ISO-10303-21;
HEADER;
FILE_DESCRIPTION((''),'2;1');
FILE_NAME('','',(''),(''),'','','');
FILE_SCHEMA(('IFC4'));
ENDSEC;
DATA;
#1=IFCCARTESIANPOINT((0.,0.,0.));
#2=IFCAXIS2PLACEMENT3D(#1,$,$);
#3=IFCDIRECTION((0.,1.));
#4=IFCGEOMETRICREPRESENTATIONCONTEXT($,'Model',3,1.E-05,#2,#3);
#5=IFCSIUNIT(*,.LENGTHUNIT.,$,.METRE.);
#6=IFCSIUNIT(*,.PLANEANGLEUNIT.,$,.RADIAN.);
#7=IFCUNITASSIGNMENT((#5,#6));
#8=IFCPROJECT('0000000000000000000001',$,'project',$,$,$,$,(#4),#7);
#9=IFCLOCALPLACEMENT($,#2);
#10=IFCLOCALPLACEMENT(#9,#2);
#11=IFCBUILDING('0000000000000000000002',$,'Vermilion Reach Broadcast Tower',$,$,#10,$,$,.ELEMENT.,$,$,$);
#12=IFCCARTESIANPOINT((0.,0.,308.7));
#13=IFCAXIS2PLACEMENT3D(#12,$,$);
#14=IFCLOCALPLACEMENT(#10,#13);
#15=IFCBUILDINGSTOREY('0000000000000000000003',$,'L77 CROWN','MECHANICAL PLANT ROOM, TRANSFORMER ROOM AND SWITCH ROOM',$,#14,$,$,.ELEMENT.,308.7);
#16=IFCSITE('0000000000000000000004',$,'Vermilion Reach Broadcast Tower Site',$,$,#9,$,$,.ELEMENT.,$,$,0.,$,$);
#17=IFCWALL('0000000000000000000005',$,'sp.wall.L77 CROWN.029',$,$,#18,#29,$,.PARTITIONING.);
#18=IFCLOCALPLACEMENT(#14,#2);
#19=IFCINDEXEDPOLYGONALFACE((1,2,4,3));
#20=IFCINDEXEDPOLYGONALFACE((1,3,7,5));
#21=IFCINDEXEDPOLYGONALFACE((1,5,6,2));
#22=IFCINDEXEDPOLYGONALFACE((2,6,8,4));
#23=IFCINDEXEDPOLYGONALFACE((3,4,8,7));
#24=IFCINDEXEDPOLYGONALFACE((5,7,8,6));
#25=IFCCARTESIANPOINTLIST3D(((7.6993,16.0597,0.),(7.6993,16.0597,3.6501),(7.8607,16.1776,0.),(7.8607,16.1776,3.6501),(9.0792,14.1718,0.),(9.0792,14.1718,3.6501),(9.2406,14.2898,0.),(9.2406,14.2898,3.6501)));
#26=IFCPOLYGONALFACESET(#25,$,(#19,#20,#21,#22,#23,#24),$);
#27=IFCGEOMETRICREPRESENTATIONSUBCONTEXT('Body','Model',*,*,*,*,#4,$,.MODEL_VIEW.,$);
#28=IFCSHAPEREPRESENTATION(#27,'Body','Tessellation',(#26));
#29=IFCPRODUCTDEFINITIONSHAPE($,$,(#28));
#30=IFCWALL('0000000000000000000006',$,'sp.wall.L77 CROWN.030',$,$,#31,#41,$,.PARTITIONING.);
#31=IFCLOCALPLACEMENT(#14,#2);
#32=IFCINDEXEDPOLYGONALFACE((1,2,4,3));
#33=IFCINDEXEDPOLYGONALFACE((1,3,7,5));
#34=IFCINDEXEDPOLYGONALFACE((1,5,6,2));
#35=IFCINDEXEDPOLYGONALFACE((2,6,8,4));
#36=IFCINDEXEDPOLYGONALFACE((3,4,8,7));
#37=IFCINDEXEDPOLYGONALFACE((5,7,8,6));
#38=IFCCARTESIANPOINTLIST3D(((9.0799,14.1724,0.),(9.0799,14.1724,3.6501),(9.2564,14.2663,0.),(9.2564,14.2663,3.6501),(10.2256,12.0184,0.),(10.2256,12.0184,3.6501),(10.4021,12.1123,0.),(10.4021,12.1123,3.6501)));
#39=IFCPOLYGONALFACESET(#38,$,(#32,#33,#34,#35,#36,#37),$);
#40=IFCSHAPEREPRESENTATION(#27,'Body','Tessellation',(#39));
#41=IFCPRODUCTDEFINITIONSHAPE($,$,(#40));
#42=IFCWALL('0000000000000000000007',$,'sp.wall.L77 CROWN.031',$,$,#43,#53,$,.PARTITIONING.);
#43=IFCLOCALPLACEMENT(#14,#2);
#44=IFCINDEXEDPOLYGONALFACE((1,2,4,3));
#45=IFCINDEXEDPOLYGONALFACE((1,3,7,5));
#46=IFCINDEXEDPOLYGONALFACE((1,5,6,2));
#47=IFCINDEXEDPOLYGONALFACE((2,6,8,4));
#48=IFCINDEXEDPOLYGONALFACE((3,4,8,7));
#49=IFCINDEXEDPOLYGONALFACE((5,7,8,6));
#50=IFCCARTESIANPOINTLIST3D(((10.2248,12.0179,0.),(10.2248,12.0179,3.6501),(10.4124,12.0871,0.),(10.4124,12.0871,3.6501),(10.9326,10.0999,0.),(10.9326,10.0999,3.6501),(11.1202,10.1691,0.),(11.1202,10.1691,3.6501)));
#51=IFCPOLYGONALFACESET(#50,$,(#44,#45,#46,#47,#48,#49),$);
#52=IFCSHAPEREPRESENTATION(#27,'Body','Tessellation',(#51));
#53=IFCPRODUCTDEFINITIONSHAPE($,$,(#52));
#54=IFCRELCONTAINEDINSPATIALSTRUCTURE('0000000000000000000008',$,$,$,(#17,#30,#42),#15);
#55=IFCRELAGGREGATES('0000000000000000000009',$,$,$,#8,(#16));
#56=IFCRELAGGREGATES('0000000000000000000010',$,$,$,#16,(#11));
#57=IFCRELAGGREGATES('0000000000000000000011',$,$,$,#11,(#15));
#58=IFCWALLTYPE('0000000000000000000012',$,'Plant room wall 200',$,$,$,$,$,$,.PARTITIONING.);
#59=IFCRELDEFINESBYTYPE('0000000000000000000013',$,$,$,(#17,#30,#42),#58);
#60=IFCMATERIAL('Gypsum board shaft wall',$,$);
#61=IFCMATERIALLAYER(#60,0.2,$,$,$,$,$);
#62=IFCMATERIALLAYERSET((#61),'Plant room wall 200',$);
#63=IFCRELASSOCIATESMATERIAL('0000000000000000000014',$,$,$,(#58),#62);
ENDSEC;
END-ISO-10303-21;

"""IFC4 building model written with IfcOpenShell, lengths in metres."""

from ifc_helpers import new_model, si_unit, direction, frame, frame_2d, origin, place, context, subcontext, project, spatial, rectangle, extrude, material, layer, layer_set, type_object, element, save


model = new_model("IFC4")

# Units and contexts
model_context = context("Model", 3, precision=1e-05, world=origin(), true_north=direction((0.0, 1.0)))
body_context = subcontext(model_context, "Body", "Model", "MODEL_VIEW")
ifc_project = project(units=[si_unit("LENGTHUNIT", "METRE"), si_unit("PLANEANGLEUNIT", "RADIAN")], contexts=[model_context])

# Site, building, storey
site_placement = place(None, origin())
site = spatial("IfcSite", under=ifc_project, at=site_placement, Name="Vermilion Reach Broadcast Tower Site", CompositionType="ELEMENT", RefElevation=0.0)
building_placement = place(site_placement, origin())
building = spatial("IfcBuilding", under=site, at=building_placement, Name="Vermilion Reach Broadcast Tower", CompositionType="ELEMENT")
storey_placement = place(building_placement, frame((0.0, 0.0, 308.7)))
storey = spatial("IfcBuildingStorey", under=building, at=storey_placement, Name="L77 CROWN", Description="MECHANICAL PLANT ROOM, TRANSFORMER ROOM AND SWITCH ROOM", CompositionType="ELEMENT", Elevation=308.7)

# Walls
ifc_material_1 = material(Name="Gypsum board shaft wall")
ifc_layer_1 = layer(ifc_material_1, 0.2)
ifc_layer_set_1 = layer_set([ifc_layer_1], Name="Plant room wall 200")
wall_type_1 = type_object("IfcWallType", Name="Plant room wall 200", PredefinedType="PARTITIONING", material=ifc_layer_set_1)
wall_1_placement = place(storey_placement, frame((7.78, 16.1187, 0.0), z_axis=(0.0, 0.0, 1.0), x_axis=(0.590082, -0.807343, 0.0)))
element("IfcWall", 1, at=wall_1_placement, inside=storey, type_object=wall_type_1, Name="sp.wall.L77 CROWN.029", PredefinedType="PARTITIONING", context=body_context, shape_type="SweptSolid", body=[
    extrude(rectangle(XDim=2.3384, YDim=0.2, at=frame_2d((1.1692, 0.0))), origin(), (0.0, 0.0, 1.0), 3.6501),
])
wall_2_placement = place(storey_placement, frame((9.1682, 14.2192, 0.0), z_axis=(0.0, 0.0, 1.0), x_axis=(0.469606, -0.882876, 0.0)))
element("IfcWall", 2, at=wall_2_placement, inside=storey, type_object=wall_type_1, Name="sp.wall.L77 CROWN.030", PredefinedType="PARTITIONING", context=body_context, shape_type="SweptSolid", body=[
    extrude(rectangle(XDim=2.4397, YDim=0.2, at=frame_2d((1.2197, 0.0))), origin(), (0.0, 0.0, 1.0), 3.6501),
])
wall_3_placement = place(storey_placement, frame((10.3186, 12.0525, 0.0), z_axis=(0.0, 0.0, 1.0), x_axis=(0.346198, -0.938162, 0.0)))
element("IfcWall", 3, at=wall_3_placement, inside=storey, type_object=wall_type_1, Name="sp.wall.L77 CROWN.031", PredefinedType="PARTITIONING", context=body_context, shape_type="SweptSolid", body=[
    extrude(rectangle(XDim=2.0444, YDim=0.2, at=frame_2d((1.0222, 0.0))), origin(), (0.0, 0.0, 1.0), 3.6501),
])

save(model, "model.ifc")
